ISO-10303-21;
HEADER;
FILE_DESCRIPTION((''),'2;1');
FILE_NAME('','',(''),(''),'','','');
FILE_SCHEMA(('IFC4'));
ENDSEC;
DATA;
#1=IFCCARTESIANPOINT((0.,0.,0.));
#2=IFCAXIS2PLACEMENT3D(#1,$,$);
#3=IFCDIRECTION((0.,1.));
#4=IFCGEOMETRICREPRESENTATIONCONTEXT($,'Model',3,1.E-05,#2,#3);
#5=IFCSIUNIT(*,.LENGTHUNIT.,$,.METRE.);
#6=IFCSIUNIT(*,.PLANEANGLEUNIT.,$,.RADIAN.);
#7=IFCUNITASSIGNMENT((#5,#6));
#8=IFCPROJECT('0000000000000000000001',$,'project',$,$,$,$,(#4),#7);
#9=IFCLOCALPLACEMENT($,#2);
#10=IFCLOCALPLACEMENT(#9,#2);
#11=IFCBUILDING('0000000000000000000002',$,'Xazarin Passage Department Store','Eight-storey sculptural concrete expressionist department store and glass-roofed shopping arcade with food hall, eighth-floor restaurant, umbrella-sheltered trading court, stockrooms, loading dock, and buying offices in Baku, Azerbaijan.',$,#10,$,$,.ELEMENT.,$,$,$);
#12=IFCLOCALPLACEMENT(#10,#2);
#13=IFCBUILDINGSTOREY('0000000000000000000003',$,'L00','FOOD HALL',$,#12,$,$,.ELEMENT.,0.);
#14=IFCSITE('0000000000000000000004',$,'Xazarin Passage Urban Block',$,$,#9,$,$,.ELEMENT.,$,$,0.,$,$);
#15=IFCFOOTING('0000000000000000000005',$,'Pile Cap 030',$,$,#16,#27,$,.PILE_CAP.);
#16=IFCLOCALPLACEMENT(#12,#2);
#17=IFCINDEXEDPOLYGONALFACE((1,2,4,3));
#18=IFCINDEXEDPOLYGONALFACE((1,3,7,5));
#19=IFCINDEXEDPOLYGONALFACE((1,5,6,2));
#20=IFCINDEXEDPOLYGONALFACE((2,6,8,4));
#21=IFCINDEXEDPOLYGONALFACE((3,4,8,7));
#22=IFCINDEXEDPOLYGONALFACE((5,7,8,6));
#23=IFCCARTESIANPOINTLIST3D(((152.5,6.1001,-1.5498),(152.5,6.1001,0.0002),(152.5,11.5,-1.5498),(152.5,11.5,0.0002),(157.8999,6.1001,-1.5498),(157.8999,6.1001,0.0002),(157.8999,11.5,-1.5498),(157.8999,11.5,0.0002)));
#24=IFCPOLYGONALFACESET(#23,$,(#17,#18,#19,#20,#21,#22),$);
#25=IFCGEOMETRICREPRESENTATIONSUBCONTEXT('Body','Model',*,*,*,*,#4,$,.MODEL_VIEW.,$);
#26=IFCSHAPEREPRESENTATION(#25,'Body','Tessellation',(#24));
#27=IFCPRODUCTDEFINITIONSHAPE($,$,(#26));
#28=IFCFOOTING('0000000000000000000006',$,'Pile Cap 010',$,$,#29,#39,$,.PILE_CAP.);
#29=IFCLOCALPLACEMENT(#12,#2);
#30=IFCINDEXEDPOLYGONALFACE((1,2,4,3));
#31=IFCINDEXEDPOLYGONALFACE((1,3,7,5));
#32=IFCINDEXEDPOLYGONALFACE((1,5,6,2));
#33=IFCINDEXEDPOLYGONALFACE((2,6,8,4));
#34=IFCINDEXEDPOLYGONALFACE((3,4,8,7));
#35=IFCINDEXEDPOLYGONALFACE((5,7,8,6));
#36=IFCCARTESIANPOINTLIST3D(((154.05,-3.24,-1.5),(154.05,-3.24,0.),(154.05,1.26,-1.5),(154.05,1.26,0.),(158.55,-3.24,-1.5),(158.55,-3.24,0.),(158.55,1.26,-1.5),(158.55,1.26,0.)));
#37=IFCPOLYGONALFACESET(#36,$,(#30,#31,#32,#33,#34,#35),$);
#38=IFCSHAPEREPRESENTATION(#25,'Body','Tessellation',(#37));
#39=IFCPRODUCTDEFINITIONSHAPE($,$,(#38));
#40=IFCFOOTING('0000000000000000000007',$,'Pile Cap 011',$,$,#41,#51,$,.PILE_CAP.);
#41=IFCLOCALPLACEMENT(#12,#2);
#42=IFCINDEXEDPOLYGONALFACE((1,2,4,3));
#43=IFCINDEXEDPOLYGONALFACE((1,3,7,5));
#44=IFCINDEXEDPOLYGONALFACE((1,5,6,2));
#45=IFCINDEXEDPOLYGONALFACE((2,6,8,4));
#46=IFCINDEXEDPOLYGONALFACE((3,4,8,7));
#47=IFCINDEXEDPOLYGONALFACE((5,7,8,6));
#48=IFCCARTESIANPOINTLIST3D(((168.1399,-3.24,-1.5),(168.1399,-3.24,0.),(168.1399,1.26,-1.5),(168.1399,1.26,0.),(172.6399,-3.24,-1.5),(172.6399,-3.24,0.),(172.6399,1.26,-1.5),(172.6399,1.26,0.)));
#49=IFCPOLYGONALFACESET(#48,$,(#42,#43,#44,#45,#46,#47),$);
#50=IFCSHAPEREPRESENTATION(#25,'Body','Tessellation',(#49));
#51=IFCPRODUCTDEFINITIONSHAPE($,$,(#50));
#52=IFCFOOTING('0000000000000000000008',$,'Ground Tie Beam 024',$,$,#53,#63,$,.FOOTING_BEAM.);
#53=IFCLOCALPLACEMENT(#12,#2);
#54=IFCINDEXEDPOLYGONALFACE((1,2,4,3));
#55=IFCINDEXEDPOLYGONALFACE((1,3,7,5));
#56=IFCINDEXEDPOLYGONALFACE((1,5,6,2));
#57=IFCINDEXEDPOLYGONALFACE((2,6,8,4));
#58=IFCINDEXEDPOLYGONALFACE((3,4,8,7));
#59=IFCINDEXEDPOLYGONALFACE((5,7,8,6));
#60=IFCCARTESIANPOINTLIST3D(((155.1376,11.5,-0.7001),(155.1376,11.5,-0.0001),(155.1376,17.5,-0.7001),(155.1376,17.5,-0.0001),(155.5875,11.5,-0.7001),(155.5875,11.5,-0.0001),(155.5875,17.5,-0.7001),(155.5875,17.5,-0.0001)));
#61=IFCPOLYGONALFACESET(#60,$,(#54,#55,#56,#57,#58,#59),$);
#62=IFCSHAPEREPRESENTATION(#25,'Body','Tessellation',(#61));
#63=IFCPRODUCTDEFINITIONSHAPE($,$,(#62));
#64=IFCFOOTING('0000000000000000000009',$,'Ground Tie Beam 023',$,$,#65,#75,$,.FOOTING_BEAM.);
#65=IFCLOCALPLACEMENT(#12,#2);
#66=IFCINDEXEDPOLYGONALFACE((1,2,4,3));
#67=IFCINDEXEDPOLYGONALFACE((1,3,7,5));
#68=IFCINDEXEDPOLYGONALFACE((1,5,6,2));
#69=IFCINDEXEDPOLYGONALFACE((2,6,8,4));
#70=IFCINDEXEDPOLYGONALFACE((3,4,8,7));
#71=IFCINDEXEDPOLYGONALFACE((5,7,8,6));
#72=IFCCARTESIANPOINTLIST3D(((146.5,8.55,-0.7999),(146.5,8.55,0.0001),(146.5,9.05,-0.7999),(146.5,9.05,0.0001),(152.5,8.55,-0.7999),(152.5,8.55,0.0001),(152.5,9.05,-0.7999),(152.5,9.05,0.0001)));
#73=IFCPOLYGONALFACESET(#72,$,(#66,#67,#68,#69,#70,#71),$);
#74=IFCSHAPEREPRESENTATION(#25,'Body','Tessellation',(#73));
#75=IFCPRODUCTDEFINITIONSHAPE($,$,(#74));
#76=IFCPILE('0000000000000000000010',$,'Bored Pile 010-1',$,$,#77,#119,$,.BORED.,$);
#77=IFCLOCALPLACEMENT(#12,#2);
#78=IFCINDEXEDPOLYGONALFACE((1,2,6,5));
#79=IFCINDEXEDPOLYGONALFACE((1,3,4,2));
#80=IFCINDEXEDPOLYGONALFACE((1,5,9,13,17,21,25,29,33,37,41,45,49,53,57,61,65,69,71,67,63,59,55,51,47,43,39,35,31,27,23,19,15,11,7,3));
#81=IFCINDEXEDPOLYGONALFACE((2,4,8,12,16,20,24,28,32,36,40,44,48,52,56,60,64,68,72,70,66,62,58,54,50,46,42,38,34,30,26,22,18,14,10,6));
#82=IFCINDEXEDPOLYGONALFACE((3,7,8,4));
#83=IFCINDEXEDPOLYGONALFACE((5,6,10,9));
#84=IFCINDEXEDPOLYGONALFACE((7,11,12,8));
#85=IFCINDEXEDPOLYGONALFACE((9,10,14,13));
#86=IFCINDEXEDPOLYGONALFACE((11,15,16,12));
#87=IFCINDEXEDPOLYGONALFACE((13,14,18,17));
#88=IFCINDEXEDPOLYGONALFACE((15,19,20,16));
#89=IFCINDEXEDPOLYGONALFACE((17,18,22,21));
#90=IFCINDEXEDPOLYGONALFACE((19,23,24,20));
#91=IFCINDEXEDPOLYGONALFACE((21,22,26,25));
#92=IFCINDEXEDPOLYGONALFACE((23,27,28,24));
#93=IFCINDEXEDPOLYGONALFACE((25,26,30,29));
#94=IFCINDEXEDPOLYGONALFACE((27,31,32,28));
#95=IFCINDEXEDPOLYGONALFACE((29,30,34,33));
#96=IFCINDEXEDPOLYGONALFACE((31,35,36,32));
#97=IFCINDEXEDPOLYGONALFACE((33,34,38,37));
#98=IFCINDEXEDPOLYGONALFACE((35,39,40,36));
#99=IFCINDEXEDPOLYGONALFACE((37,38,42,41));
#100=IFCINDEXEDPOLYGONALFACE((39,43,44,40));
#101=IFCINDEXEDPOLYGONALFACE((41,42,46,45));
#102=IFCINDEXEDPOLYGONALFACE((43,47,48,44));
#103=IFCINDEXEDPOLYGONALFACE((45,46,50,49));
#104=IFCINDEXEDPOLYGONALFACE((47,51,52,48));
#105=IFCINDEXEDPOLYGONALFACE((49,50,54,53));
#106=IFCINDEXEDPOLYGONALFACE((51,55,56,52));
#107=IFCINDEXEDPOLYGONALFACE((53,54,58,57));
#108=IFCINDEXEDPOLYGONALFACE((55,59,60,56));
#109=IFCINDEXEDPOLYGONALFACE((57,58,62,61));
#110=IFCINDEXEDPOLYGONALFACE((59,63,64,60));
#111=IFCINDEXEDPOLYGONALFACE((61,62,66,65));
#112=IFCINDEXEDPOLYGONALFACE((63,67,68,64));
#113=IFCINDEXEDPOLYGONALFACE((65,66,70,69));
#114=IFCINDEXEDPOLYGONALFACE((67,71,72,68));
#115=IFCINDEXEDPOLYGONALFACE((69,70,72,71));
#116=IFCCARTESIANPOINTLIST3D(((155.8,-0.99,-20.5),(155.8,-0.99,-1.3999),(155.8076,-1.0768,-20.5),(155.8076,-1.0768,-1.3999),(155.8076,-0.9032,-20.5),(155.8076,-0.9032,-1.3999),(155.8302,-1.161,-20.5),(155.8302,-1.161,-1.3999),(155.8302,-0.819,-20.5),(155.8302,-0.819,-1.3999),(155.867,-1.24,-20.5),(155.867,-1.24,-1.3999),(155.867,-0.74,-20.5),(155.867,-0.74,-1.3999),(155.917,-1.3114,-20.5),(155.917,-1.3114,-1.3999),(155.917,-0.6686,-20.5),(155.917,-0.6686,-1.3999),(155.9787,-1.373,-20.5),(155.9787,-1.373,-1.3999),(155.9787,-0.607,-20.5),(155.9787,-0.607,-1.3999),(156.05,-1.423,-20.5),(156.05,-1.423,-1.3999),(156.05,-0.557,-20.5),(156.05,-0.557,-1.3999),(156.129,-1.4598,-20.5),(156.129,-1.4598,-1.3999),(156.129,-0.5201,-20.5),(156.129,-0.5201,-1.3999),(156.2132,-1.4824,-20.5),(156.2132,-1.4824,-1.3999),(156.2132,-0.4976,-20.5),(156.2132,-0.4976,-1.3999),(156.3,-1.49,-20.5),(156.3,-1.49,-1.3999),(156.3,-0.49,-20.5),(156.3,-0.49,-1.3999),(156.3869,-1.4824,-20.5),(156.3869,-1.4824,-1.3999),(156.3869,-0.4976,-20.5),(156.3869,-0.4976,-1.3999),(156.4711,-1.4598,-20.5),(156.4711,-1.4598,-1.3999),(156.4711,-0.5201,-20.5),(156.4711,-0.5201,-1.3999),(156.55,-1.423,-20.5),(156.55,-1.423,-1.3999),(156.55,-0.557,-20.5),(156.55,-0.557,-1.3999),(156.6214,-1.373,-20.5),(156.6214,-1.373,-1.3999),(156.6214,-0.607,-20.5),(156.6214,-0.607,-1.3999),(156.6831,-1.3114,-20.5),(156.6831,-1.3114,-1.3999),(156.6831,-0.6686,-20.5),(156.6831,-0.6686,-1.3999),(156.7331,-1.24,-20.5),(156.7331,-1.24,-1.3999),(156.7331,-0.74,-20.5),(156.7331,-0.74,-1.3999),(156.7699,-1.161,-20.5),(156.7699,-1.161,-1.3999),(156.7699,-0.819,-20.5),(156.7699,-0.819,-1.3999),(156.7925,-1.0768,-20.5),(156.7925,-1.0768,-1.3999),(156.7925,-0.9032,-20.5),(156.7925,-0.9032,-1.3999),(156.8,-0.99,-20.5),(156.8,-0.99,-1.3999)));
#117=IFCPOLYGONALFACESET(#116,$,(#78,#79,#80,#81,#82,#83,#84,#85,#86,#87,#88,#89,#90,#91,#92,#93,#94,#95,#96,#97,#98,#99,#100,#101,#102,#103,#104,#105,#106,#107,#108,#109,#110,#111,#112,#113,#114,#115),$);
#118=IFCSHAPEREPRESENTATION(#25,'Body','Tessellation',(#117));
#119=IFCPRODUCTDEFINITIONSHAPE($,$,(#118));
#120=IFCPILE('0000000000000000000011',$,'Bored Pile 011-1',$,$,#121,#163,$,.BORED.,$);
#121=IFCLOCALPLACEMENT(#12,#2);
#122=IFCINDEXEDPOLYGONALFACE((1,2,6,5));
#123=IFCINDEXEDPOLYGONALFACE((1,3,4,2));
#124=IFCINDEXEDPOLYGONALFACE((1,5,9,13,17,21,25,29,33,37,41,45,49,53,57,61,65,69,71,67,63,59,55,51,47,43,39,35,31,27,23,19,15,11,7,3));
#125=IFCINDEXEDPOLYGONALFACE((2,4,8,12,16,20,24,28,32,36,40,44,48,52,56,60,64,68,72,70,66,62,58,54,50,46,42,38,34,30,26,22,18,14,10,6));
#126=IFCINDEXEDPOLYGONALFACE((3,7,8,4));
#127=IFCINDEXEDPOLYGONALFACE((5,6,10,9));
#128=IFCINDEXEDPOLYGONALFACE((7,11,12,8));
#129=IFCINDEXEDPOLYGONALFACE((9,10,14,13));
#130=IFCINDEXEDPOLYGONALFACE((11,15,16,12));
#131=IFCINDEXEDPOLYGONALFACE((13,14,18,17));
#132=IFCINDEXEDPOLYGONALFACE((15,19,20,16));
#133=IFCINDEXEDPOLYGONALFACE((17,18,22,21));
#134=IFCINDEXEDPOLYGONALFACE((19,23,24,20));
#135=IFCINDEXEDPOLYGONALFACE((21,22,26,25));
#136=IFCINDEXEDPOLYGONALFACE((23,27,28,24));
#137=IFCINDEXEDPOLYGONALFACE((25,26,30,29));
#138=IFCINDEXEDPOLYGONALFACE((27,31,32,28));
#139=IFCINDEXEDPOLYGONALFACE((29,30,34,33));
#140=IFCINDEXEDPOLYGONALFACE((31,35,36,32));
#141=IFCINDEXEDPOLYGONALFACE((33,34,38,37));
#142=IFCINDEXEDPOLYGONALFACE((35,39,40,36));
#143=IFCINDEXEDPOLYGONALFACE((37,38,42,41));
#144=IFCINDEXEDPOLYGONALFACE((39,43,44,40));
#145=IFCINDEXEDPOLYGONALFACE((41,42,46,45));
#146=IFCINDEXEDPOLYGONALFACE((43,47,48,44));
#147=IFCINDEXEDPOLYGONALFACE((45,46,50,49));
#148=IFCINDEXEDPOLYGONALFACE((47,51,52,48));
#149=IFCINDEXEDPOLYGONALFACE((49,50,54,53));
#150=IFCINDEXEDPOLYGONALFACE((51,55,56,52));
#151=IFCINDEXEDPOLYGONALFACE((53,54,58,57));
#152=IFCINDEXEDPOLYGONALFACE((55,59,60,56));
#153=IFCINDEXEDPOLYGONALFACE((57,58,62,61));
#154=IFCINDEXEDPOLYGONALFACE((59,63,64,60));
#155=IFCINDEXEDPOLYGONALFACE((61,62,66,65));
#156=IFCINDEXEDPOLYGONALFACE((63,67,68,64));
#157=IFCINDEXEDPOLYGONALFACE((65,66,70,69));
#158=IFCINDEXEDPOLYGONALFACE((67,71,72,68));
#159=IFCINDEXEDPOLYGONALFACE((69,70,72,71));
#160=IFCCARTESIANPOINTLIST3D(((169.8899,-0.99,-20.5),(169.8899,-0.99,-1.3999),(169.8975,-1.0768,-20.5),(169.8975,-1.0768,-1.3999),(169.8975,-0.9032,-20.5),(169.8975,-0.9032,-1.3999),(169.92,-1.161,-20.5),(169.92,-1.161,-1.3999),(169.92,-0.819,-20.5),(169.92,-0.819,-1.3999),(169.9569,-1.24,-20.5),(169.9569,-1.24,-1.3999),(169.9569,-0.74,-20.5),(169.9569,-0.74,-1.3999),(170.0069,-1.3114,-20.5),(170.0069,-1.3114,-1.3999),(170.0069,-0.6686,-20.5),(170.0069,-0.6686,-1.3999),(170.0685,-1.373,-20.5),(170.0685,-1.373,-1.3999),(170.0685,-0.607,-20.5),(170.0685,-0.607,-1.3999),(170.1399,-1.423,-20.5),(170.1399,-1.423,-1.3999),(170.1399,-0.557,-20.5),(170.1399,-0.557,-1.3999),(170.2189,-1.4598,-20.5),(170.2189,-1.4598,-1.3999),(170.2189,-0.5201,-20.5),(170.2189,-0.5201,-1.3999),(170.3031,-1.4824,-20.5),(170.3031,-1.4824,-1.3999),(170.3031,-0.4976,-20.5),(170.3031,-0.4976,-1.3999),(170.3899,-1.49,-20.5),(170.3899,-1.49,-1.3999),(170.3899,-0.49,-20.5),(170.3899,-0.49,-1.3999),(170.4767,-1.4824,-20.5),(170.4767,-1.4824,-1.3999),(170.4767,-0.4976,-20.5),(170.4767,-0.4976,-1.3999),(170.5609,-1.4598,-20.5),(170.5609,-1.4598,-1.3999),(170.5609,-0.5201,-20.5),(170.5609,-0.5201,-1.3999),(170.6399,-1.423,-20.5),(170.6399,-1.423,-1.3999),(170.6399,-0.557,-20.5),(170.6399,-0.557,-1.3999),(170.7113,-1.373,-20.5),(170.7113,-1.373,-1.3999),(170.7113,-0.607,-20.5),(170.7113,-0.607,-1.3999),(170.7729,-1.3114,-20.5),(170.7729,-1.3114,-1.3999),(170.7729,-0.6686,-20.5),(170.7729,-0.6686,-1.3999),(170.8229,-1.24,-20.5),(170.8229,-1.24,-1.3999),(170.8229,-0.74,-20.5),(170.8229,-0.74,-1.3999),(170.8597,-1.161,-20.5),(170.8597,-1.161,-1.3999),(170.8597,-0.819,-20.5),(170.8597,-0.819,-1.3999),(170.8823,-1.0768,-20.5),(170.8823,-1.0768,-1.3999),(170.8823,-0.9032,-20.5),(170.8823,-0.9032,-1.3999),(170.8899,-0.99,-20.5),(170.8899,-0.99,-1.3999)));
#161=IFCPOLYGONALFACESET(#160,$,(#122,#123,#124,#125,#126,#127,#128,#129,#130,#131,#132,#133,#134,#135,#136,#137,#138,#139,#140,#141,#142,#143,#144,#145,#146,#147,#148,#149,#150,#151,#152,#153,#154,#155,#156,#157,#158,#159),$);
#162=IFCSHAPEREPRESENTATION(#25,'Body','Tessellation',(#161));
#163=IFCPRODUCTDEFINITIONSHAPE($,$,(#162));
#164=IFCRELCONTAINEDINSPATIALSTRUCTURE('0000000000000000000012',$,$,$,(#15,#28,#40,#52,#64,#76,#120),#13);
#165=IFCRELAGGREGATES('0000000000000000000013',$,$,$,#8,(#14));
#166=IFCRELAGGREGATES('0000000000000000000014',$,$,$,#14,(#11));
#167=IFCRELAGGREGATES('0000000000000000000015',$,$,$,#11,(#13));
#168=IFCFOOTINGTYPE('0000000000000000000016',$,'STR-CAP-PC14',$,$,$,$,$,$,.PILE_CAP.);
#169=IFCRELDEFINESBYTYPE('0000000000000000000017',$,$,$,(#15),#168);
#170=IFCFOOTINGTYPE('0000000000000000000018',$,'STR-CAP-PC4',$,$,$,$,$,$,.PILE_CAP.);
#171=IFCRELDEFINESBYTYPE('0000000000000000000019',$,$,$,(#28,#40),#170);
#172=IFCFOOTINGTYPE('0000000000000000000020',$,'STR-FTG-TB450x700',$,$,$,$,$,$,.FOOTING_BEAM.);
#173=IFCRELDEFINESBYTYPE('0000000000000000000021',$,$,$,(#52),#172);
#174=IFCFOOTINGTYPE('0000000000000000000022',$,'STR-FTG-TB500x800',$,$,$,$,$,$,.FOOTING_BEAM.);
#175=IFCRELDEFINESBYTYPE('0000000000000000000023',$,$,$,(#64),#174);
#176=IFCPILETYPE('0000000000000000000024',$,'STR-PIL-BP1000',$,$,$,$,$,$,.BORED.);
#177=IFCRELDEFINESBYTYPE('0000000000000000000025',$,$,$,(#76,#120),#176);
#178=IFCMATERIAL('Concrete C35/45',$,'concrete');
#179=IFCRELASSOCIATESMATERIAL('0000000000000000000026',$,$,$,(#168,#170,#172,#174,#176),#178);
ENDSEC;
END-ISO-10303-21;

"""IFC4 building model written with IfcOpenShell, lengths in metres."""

from ifc_helpers import new_model, si_unit, direction, frame, origin, origin_2d, place, context, subcontext, project, spatial, rectangle, circle, extrude, material, material_profile, profile_set, type_object, element, save


model = new_model("IFC4")

# Units and contexts
model_context = context("Model", 3, precision=1e-05, world=origin(), true_north=direction((0.0, 1.0)))
body_context = subcontext(model_context, "Body", "Model", "MODEL_VIEW")
ifc_project = project(units=[si_unit("LENGTHUNIT", "METRE"), si_unit("PLANEANGLEUNIT", "RADIAN")], contexts=[model_context])

# Site, building, storey
site_placement = place(None, origin())
site = spatial("IfcSite", under=ifc_project, at=site_placement, Name="Xazarin Passage Urban Block", CompositionType="ELEMENT", RefElevation=0.0)
building_placement = place(site_placement, origin())
building = spatial("IfcBuilding", under=site, at=building_placement, Name="Xazarin Passage Department Store", Description="Eight-storey sculptural concrete expressionist department store and glass-roofed shopping arcade with food hall, eighth-floor restaurant, umbrella-sheltered trading court, stockrooms, loading dock, and buying offices in Baku, Azerbaijan.", CompositionType="ELEMENT")
storey_placement = place(building_placement, origin())
storey = spatial("IfcBuildingStorey", under=building, at=storey_placement, Name="L00", Description="FOOD HALL", CompositionType="ELEMENT", Elevation=0.0)

# Footings
ifc_material_1 = material(Name="Concrete C35/45", Category="concrete")
footing_type_1 = type_object("IfcFootingType", Name="STR-CAP-PC14", PredefinedType="PILE_CAP", material=ifc_material_1)
footing_1_placement = place(storey_placement, frame((155.2, 8.8, -1.5498), z_axis=(0.0, 0.0, 1.0), x_axis=(1.0, 0.0, 0.0)))
element("IfcFooting", 1, at=footing_1_placement, inside=storey, type_object=footing_type_1, Name="Pile Cap 030", PredefinedType="PILE_CAP", context=body_context, shape_type="SweptSolid", body=[
    extrude(rectangle(XDim=5.3999, YDim=5.3999, at=origin_2d()), origin(), (0.0, 0.0, 1.0), 1.55),
])
footing_type_2 = type_object("IfcFootingType", Name="STR-CAP-PC4", PredefinedType="PILE_CAP", material=ifc_material_1)
for number, where, z_axis, x_axis, name in (
    (2, (156.3, -0.99, -1.5), (0.0, 0.0, 1.0), (1.0, 0.0, 0.0), "Pile Cap 010"),
    (3, (170.3899, -0.99, -1.5), (0.0, 0.0, 1.0), (1.0, 0.0, 0.0), "Pile Cap 011"),
):
    element("IfcFooting", number, at=place(storey_placement, frame(where, z_axis=z_axis, x_axis=x_axis)), inside=storey, type_object=footing_type_2, Name=name, PredefinedType="PILE_CAP", context=body_context, shape_type="SweptSolid", body=[
        extrude(rectangle(XDim=4.5, YDim=4.5, at=origin_2d()), origin(), (0.0, 0.0, 1.0), 1.5),
    ])
ifc_material_profile_1 = material_profile(ifc_material_1, rectangle(XDim=0.45, YDim=0.7, at=origin_2d()), Name="RC 450x700")
ifc_profile_set_1 = profile_set([ifc_material_profile_1], Name="Concrete C35/45")
footing_type_3 = type_object("IfcFootingType", Name="STR-FTG-TB450x700", PredefinedType="FOOTING_BEAM", material=ifc_profile_set_1)
footing_2_placement = place(storey_placement, frame((155.3625, 11.5, -0.3501), z_axis=(0.0, 1.0, 0.0), x_axis=(-1.0, 0.0, 0.0)))
element("IfcFooting", 4, at=footing_2_placement, inside=storey, type_object=footing_type_3, Name="Ground Tie Beam 024", PredefinedType="FOOTING_BEAM", context=body_context, shape_type="SweptSolid", body=[
    extrude(rectangle(XDim=0.45, YDim=0.7, at=origin_2d()), origin(), (0.0, 0.0, 1.0), 6.0),
])
ifc_material_profile_2 = material_profile(ifc_material_1, rectangle(XDim=0.5, YDim=0.8, at=origin_2d()), Name="RC 500x800")
ifc_profile_set_2 = profile_set([ifc_material_profile_2], Name="Concrete C35/45")
footing_type_4 = type_object("IfcFootingType", Name="STR-FTG-TB500x800", PredefinedType="FOOTING_BEAM", material=ifc_profile_set_2)
footing_3_placement = place(storey_placement, frame((146.5, 8.8, -0.3999), z_axis=(1.0, 0.0, 0.0), x_axis=(0.0, 1.0, 0.0)))
element("IfcFooting", 5, at=footing_3_placement, inside=storey, type_object=footing_type_4, Name="Ground Tie Beam 023", PredefinedType="FOOTING_BEAM", context=body_context, shape_type="SweptSolid", body=[
    extrude(rectangle(XDim=0.5, YDim=0.8, at=origin_2d()), origin(), (0.0, 0.0, 1.0), 6.0),
])

# Piles
ifc_material_profile_3 = material_profile(ifc_material_1, circle(Radius=0.5, at=origin_2d()), Name="BP 1000")
ifc_profile_set_3 = profile_set([ifc_material_profile_3], Name="Concrete C35/45")
pile_type_1 = type_object("IfcPileType", Name="STR-PIL-BP1000", PredefinedType="BORED", material=ifc_profile_set_3)
for number, where, z_axis, x_axis, name in (
    (6, (156.3, -0.99, -1.3999), (0.0, 0.0, -1.0), (1.0, 0.0, 0.0), "Bored Pile 010-1"),
    (7, (170.3899, -0.99, -1.3999), (0.0, 0.0, -1.0), (1.0, 0.0, 0.0), "Bored Pile 011-1"),
):
    element("IfcPile", number, at=place(storey_placement, frame(where, z_axis=z_axis, x_axis=x_axis)), inside=storey, type_object=pile_type_1, Name=name, PredefinedType="BORED", context=body_context, shape_type="SweptSolid", body=[
        extrude(circle(Radius=0.5, at=origin_2d()), origin(), (0.0, 0.0, 1.0), 19.1001),
    ])

save(model, "model.ifc")
